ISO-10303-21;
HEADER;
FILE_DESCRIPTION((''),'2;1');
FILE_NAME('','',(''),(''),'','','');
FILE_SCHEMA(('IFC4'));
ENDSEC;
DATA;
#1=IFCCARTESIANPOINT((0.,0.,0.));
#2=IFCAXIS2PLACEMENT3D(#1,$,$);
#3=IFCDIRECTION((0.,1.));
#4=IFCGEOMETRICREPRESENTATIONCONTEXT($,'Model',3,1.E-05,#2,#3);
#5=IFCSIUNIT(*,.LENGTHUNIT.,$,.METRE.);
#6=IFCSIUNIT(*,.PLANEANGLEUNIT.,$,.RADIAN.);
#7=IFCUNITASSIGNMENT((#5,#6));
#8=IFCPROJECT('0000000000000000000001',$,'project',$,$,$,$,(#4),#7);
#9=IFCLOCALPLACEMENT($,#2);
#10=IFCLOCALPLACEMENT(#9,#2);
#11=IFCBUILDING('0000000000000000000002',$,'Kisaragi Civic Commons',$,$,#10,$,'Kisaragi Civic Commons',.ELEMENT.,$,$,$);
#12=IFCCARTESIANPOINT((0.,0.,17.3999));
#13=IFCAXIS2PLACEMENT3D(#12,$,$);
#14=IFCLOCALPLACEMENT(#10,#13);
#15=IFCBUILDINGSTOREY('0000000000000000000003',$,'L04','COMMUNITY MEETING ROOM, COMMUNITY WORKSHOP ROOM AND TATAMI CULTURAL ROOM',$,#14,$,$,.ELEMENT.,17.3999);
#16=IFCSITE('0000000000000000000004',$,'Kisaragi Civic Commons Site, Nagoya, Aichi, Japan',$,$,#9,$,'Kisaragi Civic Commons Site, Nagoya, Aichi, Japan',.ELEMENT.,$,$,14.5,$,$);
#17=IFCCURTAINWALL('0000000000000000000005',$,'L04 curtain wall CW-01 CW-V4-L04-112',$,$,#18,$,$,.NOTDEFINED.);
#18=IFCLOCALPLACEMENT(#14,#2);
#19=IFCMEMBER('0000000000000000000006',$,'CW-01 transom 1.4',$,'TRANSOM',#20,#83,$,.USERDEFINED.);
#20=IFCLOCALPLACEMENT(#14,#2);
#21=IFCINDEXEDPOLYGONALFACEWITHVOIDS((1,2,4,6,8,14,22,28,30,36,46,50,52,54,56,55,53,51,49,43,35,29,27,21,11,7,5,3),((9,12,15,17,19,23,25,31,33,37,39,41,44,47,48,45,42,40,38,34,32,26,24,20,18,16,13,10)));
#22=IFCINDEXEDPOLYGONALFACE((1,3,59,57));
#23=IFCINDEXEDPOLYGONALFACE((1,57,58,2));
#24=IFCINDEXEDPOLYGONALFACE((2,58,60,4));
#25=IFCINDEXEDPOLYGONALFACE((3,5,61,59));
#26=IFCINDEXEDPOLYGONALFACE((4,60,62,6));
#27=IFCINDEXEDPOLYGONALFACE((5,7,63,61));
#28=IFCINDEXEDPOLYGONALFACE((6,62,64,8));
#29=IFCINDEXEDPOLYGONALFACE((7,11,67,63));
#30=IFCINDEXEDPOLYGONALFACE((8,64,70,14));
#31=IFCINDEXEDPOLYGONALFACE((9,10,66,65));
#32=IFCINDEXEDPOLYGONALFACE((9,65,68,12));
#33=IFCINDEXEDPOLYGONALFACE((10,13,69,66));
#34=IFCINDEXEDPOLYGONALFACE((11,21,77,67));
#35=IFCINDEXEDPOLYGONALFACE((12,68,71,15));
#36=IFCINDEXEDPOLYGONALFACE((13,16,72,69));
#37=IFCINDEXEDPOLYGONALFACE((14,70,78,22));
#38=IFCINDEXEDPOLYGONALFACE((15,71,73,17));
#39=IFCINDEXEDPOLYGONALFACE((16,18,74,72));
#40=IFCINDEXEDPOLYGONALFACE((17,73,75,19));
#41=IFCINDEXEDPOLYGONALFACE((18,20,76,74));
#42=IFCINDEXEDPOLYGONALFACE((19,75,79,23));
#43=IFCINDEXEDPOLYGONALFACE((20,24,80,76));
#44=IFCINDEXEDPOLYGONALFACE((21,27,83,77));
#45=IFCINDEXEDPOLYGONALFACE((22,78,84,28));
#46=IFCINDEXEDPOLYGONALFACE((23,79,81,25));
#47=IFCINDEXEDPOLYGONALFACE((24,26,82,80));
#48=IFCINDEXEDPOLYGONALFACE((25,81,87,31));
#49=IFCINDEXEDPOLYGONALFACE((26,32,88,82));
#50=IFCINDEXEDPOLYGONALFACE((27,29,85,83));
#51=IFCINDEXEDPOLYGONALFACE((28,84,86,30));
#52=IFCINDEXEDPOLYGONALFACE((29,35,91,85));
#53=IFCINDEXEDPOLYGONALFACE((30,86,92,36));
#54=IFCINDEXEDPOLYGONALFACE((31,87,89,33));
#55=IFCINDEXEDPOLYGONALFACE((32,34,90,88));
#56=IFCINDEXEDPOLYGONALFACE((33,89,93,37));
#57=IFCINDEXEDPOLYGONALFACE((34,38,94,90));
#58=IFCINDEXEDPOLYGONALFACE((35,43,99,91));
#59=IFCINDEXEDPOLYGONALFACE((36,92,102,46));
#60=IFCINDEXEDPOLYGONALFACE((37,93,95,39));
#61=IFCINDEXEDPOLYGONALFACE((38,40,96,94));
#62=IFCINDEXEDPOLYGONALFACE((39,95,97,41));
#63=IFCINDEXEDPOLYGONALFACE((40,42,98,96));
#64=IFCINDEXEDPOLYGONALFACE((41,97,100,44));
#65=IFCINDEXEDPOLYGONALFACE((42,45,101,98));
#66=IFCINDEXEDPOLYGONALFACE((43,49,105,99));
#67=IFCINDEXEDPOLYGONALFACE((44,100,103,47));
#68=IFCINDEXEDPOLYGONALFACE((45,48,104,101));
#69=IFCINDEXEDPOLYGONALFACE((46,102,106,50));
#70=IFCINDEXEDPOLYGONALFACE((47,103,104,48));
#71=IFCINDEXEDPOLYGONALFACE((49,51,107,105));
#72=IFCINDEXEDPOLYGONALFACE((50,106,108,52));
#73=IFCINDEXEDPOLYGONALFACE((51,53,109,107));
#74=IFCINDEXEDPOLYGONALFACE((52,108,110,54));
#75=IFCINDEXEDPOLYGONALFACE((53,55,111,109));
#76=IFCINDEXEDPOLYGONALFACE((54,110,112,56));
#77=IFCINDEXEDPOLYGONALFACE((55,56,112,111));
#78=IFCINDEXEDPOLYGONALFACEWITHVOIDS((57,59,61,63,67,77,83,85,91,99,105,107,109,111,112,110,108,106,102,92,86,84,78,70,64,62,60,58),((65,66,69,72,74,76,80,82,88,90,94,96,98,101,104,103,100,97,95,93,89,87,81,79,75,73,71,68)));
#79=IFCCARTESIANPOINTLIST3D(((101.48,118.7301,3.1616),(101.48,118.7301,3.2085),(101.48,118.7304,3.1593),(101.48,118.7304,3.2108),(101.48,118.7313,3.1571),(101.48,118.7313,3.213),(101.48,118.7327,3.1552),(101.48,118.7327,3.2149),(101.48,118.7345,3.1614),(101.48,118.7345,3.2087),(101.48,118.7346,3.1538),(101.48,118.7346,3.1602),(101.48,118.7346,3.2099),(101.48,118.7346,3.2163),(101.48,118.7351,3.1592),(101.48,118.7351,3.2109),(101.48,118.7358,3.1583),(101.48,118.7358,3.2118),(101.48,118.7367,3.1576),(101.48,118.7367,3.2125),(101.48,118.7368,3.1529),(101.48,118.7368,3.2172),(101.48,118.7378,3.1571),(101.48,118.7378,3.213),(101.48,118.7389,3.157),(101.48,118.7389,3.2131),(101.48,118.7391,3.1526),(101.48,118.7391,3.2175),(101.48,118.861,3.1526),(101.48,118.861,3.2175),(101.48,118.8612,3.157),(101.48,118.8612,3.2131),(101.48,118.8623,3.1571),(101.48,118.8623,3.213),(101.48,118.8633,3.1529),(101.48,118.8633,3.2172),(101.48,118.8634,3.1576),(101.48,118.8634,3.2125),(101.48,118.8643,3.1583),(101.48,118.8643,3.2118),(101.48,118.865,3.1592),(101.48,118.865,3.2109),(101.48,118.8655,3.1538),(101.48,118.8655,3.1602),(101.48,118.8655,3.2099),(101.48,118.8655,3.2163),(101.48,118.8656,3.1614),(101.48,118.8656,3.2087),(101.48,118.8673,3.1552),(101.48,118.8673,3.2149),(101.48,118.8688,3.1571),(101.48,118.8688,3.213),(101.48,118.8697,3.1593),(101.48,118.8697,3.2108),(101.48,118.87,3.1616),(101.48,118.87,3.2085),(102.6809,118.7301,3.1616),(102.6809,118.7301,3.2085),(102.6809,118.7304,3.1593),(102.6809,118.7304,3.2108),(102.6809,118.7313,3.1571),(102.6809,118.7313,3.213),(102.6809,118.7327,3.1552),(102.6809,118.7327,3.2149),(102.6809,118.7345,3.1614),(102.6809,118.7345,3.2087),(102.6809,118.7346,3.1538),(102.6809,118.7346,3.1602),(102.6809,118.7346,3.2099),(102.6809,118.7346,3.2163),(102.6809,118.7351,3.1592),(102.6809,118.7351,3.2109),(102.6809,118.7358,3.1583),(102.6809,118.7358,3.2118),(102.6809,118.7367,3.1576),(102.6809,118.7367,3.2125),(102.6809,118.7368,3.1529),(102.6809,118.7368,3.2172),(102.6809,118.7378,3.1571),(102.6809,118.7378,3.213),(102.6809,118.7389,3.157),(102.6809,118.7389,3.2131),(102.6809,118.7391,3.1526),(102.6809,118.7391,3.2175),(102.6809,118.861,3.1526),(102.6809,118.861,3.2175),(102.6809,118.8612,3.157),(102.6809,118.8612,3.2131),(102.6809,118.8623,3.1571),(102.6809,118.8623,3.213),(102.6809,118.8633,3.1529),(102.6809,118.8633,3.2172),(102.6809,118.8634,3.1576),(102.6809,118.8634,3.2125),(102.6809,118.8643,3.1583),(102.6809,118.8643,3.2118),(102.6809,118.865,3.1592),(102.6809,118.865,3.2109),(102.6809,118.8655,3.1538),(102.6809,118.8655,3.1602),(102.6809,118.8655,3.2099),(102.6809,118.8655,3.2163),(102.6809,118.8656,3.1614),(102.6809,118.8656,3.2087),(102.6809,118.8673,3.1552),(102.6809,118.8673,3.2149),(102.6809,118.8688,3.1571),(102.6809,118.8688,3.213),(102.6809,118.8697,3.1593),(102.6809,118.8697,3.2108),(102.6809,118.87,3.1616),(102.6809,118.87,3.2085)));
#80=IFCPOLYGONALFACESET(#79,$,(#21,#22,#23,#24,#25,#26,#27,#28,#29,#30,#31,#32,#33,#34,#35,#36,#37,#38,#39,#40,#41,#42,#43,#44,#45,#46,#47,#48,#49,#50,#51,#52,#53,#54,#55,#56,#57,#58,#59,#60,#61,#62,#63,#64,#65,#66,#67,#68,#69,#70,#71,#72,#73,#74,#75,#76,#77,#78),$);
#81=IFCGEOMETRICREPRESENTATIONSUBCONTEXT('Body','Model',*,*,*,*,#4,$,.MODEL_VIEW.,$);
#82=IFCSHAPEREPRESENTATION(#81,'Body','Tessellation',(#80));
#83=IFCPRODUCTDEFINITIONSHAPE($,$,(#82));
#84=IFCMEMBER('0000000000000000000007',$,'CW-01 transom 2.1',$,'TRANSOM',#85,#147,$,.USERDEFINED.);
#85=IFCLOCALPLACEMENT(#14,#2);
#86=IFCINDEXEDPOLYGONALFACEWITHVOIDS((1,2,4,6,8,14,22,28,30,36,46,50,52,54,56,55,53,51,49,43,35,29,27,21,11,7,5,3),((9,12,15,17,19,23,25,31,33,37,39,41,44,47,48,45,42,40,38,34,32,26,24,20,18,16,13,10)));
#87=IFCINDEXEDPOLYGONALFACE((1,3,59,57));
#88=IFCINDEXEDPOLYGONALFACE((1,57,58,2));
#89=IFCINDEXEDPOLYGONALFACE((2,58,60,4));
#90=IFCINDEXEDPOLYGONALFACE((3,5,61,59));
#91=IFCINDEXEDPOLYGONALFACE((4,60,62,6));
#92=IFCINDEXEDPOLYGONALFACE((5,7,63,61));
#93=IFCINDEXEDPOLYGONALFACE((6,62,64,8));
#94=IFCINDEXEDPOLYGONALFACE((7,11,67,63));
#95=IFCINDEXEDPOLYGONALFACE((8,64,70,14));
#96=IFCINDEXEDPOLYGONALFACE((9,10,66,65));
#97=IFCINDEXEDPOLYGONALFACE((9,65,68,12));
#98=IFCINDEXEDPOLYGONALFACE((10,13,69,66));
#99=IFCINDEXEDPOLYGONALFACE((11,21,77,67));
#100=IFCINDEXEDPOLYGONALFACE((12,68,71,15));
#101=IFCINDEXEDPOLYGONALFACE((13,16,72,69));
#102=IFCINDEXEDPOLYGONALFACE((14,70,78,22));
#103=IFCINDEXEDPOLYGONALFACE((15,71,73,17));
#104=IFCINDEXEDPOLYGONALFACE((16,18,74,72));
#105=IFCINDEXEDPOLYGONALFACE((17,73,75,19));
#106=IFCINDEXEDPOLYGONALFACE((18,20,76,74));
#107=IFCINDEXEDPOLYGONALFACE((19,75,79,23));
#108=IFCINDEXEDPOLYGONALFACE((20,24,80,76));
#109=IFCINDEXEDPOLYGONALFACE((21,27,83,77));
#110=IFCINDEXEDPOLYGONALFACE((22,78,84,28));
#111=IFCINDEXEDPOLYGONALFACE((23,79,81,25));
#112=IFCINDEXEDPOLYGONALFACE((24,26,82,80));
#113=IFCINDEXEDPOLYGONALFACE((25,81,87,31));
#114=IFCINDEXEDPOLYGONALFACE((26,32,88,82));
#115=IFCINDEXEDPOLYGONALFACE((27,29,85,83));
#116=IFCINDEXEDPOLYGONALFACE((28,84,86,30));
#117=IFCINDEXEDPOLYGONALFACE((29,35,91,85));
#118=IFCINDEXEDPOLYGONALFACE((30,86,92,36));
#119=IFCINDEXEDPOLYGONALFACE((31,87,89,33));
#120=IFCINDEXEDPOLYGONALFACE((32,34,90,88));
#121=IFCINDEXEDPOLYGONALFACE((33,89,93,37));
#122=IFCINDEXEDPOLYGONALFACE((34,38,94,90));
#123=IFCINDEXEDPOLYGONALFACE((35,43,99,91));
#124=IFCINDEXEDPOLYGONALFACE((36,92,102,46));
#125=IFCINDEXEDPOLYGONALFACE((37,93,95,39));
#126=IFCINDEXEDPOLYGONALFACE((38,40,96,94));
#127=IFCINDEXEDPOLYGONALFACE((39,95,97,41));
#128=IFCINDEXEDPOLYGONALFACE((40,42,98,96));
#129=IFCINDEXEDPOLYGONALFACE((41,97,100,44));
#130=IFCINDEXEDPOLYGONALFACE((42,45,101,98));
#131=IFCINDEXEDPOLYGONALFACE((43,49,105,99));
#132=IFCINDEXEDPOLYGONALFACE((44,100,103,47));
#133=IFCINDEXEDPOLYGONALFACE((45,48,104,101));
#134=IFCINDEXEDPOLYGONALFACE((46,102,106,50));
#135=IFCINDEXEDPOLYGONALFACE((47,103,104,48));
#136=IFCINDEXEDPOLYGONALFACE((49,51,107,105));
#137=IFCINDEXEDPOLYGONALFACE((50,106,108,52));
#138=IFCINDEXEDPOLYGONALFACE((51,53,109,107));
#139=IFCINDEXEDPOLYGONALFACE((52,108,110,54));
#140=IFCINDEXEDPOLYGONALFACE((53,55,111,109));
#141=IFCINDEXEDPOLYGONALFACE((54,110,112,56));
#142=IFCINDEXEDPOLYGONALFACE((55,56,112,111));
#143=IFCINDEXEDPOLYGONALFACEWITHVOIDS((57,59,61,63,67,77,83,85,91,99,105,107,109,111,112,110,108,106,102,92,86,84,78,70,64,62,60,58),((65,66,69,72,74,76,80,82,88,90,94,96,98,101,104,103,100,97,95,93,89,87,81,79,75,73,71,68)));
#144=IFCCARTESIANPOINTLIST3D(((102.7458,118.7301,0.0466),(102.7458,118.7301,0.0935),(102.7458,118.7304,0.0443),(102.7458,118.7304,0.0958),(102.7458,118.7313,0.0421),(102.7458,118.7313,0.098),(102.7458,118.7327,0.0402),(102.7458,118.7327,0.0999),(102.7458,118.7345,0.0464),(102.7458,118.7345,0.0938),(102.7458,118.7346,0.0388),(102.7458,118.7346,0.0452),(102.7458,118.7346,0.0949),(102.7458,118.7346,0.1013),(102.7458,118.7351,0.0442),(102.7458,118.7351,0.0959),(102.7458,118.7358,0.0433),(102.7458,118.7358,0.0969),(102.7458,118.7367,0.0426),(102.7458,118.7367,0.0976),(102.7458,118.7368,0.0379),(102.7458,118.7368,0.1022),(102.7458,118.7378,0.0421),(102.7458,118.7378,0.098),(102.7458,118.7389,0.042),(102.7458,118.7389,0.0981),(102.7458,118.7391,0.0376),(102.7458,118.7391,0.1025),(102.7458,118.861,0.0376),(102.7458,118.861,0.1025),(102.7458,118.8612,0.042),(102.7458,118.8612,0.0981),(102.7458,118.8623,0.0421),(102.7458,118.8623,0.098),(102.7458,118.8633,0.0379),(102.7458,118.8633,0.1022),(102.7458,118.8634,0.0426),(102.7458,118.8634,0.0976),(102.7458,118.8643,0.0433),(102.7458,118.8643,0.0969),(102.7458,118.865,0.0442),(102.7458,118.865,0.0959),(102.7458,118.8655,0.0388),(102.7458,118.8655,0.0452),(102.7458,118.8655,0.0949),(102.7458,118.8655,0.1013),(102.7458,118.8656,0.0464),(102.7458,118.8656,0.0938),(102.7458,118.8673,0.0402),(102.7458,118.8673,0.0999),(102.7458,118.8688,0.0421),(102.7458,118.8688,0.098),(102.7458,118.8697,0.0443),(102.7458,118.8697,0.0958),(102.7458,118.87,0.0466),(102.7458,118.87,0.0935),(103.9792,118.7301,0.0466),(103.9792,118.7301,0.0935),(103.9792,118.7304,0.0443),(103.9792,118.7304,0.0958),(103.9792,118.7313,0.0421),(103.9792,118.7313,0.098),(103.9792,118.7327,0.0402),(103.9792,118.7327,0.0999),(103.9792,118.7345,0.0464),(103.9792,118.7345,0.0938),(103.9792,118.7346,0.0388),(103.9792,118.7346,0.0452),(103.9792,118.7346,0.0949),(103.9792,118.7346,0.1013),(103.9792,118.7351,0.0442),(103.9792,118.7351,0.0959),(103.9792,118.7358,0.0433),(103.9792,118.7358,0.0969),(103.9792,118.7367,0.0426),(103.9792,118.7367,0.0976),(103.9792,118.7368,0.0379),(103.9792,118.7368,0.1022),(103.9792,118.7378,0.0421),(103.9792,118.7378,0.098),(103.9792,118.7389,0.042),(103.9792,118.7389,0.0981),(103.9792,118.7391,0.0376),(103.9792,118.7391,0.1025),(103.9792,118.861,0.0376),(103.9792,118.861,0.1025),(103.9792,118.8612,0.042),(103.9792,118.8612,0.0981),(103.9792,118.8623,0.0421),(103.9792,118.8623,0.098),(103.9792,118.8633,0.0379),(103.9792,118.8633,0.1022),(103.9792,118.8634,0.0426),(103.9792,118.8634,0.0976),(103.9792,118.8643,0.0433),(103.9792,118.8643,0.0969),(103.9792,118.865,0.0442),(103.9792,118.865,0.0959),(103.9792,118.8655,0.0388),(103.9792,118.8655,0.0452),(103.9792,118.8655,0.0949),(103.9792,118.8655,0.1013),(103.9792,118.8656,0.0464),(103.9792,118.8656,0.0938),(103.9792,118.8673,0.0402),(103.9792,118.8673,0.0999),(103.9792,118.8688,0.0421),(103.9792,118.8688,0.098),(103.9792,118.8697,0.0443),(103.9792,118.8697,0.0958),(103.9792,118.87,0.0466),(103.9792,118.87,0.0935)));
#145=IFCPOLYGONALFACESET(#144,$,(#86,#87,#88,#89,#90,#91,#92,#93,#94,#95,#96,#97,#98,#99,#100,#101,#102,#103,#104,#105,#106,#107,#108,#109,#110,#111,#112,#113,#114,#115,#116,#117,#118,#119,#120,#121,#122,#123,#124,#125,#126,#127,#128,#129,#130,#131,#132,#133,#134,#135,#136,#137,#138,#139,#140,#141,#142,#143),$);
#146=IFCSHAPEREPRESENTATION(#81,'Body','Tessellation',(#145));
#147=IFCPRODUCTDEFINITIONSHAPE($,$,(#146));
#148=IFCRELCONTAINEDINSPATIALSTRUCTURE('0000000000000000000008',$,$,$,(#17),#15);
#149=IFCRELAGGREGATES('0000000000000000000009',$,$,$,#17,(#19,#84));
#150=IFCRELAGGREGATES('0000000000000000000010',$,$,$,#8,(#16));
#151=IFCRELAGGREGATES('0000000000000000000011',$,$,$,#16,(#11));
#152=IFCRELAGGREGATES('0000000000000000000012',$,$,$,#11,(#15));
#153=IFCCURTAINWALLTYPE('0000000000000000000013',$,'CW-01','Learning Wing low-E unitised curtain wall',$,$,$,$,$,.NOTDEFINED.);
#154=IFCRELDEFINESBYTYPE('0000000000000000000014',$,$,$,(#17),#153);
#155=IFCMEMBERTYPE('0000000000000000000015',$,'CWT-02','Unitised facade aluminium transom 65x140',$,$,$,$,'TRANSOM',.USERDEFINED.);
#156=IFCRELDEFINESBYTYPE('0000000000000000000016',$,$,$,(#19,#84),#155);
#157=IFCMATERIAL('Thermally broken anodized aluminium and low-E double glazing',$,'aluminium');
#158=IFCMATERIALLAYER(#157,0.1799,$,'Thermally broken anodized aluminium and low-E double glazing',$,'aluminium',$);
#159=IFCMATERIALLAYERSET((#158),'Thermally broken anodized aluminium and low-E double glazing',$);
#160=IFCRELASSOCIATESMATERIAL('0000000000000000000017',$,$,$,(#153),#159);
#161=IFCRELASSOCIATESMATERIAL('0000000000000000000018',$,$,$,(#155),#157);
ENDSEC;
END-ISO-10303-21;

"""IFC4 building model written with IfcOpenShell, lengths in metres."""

from ifc_helpers import new_model, si_unit, direction, frame, origin, origin_2d, place, context, subcontext, project, spatial, hollow_rectangle, extrude, material, layer, layer_set, material_profile, profile_set, type_object, element, aggregate, save


model = new_model("IFC4")

# Units and contexts
model_context = context("Model", 3, precision=1e-05, world=origin(), true_north=direction((0.0, 1.0)))
body_context = subcontext(model_context, "Body", "Model", "MODEL_VIEW")
ifc_project = project(units=[si_unit("LENGTHUNIT", "METRE"), si_unit("PLANEANGLEUNIT", "RADIAN")], contexts=[model_context])

# Site, building, storey
site_placement = place(None, origin())
site = spatial("IfcSite", under=ifc_project, at=site_placement, Name="Kisaragi Civic Commons Site, Nagoya, Aichi, Japan", LongName="Kisaragi Civic Commons Site, Nagoya, Aichi, Japan", CompositionType="ELEMENT", RefElevation=14.5)
building_placement = place(site_placement, origin())
building = spatial("IfcBuilding", under=site, at=building_placement, Name="Kisaragi Civic Commons", LongName="Kisaragi Civic Commons", CompositionType="ELEMENT")
storey_placement = place(building_placement, frame((0.0, 0.0, 17.3999)))
storey = spatial("IfcBuildingStorey", under=building, at=storey_placement, Name="L04", Description="COMMUNITY MEETING ROOM, COMMUNITY WORKSHOP ROOM AND TATAMI CULTURAL ROOM", CompositionType="ELEMENT", Elevation=17.3999)

# Curtain wall
ifc_material_1 = material(Name="Thermally broken anodized aluminium and low-E double glazing", Category="aluminium")
ifc_layer_1 = layer(ifc_material_1, 0.1799, Name="Thermally broken anodized aluminium and low-E double glazing", Category="aluminium")
ifc_layer_set_1 = layer_set([ifc_layer_1], Name="Thermally broken anodized aluminium and low-E double glazing")
curtain_wall_type = type_object("IfcCurtainWallType", Name="CW-01", Description="Learning Wing low-E unitised curtain wall", PredefinedType="NOTDEFINED", material=ifc_layer_set_1)
curtain_wall_1_placement = place(storey_placement, origin())
curtain_wall_1 = element("IfcCurtainWall", 1, at=curtain_wall_1_placement, inside=storey, type_object=curtain_wall_type, Name="L04 curtain wall CW-01 CW-V4-L04-112", PredefinedType="NOTDEFINED")

# Members
ifc_material_profile_1 = material_profile(ifc_material_1, hollow_rectangle(XDim=0.1399, YDim=0.0649, WallThickness=0.0044, InnerFilletRadius=0.0044, OuterFilletRadius=0.009, at=origin_2d()), Name="CWT-65x140x4.5", Category="aluminium")
ifc_profile_set_1 = profile_set([ifc_material_profile_1], Name="Thermally broken anodized aluminium and low-E double glazing")
member_type_1 = type_object("IfcMemberType", Name="CWT-02", Description="Unitised facade aluminium transom 65x140", ElementType="TRANSOM", PredefinedType="USERDEFINED", material=ifc_profile_set_1)
member_1_placement = place(storey_placement, frame((101.48, 118.8, 3.1851), z_axis=(1.0, 0.0, 0.0), x_axis=(0.0, 1.0, 0.0)))
member_1 = element("IfcMember", 2, at=member_1_placement, type_object=member_type_1, Name="CW-01 transom 1.4", ObjectType="TRANSOM", PredefinedType="USERDEFINED", context=body_context, shape_type="SweptSolid", body=[
    extrude(hollow_rectangle(XDim=0.1399, YDim=0.0649, WallThickness=0.0044, InnerFilletRadius=0.0044, OuterFilletRadius=0.009, at=origin_2d()), origin(), (0.0, 0.0, 1.0), 1.2009),
])
member_2_placement = place(storey_placement, frame((102.7458, 118.8, 0.0701), z_axis=(1.0, 0.0, 0.0), x_axis=(0.0, 1.0, 0.0)))
member_2 = element("IfcMember", 3, at=member_2_placement, type_object=member_type_1, Name="CW-01 transom 2.1", ObjectType="TRANSOM", PredefinedType="USERDEFINED", context=body_context, shape_type="SweptSolid", body=[
    extrude(hollow_rectangle(XDim=0.1399, YDim=0.0649, WallThickness=0.0044, InnerFilletRadius=0.0044, OuterFilletRadius=0.009, at=origin_2d()), origin(), (0.0, 0.0, 1.0), 1.2334),
])

aggregate(curtain_wall_1, [member_1, member_2])

save(model, "model.ifc")
